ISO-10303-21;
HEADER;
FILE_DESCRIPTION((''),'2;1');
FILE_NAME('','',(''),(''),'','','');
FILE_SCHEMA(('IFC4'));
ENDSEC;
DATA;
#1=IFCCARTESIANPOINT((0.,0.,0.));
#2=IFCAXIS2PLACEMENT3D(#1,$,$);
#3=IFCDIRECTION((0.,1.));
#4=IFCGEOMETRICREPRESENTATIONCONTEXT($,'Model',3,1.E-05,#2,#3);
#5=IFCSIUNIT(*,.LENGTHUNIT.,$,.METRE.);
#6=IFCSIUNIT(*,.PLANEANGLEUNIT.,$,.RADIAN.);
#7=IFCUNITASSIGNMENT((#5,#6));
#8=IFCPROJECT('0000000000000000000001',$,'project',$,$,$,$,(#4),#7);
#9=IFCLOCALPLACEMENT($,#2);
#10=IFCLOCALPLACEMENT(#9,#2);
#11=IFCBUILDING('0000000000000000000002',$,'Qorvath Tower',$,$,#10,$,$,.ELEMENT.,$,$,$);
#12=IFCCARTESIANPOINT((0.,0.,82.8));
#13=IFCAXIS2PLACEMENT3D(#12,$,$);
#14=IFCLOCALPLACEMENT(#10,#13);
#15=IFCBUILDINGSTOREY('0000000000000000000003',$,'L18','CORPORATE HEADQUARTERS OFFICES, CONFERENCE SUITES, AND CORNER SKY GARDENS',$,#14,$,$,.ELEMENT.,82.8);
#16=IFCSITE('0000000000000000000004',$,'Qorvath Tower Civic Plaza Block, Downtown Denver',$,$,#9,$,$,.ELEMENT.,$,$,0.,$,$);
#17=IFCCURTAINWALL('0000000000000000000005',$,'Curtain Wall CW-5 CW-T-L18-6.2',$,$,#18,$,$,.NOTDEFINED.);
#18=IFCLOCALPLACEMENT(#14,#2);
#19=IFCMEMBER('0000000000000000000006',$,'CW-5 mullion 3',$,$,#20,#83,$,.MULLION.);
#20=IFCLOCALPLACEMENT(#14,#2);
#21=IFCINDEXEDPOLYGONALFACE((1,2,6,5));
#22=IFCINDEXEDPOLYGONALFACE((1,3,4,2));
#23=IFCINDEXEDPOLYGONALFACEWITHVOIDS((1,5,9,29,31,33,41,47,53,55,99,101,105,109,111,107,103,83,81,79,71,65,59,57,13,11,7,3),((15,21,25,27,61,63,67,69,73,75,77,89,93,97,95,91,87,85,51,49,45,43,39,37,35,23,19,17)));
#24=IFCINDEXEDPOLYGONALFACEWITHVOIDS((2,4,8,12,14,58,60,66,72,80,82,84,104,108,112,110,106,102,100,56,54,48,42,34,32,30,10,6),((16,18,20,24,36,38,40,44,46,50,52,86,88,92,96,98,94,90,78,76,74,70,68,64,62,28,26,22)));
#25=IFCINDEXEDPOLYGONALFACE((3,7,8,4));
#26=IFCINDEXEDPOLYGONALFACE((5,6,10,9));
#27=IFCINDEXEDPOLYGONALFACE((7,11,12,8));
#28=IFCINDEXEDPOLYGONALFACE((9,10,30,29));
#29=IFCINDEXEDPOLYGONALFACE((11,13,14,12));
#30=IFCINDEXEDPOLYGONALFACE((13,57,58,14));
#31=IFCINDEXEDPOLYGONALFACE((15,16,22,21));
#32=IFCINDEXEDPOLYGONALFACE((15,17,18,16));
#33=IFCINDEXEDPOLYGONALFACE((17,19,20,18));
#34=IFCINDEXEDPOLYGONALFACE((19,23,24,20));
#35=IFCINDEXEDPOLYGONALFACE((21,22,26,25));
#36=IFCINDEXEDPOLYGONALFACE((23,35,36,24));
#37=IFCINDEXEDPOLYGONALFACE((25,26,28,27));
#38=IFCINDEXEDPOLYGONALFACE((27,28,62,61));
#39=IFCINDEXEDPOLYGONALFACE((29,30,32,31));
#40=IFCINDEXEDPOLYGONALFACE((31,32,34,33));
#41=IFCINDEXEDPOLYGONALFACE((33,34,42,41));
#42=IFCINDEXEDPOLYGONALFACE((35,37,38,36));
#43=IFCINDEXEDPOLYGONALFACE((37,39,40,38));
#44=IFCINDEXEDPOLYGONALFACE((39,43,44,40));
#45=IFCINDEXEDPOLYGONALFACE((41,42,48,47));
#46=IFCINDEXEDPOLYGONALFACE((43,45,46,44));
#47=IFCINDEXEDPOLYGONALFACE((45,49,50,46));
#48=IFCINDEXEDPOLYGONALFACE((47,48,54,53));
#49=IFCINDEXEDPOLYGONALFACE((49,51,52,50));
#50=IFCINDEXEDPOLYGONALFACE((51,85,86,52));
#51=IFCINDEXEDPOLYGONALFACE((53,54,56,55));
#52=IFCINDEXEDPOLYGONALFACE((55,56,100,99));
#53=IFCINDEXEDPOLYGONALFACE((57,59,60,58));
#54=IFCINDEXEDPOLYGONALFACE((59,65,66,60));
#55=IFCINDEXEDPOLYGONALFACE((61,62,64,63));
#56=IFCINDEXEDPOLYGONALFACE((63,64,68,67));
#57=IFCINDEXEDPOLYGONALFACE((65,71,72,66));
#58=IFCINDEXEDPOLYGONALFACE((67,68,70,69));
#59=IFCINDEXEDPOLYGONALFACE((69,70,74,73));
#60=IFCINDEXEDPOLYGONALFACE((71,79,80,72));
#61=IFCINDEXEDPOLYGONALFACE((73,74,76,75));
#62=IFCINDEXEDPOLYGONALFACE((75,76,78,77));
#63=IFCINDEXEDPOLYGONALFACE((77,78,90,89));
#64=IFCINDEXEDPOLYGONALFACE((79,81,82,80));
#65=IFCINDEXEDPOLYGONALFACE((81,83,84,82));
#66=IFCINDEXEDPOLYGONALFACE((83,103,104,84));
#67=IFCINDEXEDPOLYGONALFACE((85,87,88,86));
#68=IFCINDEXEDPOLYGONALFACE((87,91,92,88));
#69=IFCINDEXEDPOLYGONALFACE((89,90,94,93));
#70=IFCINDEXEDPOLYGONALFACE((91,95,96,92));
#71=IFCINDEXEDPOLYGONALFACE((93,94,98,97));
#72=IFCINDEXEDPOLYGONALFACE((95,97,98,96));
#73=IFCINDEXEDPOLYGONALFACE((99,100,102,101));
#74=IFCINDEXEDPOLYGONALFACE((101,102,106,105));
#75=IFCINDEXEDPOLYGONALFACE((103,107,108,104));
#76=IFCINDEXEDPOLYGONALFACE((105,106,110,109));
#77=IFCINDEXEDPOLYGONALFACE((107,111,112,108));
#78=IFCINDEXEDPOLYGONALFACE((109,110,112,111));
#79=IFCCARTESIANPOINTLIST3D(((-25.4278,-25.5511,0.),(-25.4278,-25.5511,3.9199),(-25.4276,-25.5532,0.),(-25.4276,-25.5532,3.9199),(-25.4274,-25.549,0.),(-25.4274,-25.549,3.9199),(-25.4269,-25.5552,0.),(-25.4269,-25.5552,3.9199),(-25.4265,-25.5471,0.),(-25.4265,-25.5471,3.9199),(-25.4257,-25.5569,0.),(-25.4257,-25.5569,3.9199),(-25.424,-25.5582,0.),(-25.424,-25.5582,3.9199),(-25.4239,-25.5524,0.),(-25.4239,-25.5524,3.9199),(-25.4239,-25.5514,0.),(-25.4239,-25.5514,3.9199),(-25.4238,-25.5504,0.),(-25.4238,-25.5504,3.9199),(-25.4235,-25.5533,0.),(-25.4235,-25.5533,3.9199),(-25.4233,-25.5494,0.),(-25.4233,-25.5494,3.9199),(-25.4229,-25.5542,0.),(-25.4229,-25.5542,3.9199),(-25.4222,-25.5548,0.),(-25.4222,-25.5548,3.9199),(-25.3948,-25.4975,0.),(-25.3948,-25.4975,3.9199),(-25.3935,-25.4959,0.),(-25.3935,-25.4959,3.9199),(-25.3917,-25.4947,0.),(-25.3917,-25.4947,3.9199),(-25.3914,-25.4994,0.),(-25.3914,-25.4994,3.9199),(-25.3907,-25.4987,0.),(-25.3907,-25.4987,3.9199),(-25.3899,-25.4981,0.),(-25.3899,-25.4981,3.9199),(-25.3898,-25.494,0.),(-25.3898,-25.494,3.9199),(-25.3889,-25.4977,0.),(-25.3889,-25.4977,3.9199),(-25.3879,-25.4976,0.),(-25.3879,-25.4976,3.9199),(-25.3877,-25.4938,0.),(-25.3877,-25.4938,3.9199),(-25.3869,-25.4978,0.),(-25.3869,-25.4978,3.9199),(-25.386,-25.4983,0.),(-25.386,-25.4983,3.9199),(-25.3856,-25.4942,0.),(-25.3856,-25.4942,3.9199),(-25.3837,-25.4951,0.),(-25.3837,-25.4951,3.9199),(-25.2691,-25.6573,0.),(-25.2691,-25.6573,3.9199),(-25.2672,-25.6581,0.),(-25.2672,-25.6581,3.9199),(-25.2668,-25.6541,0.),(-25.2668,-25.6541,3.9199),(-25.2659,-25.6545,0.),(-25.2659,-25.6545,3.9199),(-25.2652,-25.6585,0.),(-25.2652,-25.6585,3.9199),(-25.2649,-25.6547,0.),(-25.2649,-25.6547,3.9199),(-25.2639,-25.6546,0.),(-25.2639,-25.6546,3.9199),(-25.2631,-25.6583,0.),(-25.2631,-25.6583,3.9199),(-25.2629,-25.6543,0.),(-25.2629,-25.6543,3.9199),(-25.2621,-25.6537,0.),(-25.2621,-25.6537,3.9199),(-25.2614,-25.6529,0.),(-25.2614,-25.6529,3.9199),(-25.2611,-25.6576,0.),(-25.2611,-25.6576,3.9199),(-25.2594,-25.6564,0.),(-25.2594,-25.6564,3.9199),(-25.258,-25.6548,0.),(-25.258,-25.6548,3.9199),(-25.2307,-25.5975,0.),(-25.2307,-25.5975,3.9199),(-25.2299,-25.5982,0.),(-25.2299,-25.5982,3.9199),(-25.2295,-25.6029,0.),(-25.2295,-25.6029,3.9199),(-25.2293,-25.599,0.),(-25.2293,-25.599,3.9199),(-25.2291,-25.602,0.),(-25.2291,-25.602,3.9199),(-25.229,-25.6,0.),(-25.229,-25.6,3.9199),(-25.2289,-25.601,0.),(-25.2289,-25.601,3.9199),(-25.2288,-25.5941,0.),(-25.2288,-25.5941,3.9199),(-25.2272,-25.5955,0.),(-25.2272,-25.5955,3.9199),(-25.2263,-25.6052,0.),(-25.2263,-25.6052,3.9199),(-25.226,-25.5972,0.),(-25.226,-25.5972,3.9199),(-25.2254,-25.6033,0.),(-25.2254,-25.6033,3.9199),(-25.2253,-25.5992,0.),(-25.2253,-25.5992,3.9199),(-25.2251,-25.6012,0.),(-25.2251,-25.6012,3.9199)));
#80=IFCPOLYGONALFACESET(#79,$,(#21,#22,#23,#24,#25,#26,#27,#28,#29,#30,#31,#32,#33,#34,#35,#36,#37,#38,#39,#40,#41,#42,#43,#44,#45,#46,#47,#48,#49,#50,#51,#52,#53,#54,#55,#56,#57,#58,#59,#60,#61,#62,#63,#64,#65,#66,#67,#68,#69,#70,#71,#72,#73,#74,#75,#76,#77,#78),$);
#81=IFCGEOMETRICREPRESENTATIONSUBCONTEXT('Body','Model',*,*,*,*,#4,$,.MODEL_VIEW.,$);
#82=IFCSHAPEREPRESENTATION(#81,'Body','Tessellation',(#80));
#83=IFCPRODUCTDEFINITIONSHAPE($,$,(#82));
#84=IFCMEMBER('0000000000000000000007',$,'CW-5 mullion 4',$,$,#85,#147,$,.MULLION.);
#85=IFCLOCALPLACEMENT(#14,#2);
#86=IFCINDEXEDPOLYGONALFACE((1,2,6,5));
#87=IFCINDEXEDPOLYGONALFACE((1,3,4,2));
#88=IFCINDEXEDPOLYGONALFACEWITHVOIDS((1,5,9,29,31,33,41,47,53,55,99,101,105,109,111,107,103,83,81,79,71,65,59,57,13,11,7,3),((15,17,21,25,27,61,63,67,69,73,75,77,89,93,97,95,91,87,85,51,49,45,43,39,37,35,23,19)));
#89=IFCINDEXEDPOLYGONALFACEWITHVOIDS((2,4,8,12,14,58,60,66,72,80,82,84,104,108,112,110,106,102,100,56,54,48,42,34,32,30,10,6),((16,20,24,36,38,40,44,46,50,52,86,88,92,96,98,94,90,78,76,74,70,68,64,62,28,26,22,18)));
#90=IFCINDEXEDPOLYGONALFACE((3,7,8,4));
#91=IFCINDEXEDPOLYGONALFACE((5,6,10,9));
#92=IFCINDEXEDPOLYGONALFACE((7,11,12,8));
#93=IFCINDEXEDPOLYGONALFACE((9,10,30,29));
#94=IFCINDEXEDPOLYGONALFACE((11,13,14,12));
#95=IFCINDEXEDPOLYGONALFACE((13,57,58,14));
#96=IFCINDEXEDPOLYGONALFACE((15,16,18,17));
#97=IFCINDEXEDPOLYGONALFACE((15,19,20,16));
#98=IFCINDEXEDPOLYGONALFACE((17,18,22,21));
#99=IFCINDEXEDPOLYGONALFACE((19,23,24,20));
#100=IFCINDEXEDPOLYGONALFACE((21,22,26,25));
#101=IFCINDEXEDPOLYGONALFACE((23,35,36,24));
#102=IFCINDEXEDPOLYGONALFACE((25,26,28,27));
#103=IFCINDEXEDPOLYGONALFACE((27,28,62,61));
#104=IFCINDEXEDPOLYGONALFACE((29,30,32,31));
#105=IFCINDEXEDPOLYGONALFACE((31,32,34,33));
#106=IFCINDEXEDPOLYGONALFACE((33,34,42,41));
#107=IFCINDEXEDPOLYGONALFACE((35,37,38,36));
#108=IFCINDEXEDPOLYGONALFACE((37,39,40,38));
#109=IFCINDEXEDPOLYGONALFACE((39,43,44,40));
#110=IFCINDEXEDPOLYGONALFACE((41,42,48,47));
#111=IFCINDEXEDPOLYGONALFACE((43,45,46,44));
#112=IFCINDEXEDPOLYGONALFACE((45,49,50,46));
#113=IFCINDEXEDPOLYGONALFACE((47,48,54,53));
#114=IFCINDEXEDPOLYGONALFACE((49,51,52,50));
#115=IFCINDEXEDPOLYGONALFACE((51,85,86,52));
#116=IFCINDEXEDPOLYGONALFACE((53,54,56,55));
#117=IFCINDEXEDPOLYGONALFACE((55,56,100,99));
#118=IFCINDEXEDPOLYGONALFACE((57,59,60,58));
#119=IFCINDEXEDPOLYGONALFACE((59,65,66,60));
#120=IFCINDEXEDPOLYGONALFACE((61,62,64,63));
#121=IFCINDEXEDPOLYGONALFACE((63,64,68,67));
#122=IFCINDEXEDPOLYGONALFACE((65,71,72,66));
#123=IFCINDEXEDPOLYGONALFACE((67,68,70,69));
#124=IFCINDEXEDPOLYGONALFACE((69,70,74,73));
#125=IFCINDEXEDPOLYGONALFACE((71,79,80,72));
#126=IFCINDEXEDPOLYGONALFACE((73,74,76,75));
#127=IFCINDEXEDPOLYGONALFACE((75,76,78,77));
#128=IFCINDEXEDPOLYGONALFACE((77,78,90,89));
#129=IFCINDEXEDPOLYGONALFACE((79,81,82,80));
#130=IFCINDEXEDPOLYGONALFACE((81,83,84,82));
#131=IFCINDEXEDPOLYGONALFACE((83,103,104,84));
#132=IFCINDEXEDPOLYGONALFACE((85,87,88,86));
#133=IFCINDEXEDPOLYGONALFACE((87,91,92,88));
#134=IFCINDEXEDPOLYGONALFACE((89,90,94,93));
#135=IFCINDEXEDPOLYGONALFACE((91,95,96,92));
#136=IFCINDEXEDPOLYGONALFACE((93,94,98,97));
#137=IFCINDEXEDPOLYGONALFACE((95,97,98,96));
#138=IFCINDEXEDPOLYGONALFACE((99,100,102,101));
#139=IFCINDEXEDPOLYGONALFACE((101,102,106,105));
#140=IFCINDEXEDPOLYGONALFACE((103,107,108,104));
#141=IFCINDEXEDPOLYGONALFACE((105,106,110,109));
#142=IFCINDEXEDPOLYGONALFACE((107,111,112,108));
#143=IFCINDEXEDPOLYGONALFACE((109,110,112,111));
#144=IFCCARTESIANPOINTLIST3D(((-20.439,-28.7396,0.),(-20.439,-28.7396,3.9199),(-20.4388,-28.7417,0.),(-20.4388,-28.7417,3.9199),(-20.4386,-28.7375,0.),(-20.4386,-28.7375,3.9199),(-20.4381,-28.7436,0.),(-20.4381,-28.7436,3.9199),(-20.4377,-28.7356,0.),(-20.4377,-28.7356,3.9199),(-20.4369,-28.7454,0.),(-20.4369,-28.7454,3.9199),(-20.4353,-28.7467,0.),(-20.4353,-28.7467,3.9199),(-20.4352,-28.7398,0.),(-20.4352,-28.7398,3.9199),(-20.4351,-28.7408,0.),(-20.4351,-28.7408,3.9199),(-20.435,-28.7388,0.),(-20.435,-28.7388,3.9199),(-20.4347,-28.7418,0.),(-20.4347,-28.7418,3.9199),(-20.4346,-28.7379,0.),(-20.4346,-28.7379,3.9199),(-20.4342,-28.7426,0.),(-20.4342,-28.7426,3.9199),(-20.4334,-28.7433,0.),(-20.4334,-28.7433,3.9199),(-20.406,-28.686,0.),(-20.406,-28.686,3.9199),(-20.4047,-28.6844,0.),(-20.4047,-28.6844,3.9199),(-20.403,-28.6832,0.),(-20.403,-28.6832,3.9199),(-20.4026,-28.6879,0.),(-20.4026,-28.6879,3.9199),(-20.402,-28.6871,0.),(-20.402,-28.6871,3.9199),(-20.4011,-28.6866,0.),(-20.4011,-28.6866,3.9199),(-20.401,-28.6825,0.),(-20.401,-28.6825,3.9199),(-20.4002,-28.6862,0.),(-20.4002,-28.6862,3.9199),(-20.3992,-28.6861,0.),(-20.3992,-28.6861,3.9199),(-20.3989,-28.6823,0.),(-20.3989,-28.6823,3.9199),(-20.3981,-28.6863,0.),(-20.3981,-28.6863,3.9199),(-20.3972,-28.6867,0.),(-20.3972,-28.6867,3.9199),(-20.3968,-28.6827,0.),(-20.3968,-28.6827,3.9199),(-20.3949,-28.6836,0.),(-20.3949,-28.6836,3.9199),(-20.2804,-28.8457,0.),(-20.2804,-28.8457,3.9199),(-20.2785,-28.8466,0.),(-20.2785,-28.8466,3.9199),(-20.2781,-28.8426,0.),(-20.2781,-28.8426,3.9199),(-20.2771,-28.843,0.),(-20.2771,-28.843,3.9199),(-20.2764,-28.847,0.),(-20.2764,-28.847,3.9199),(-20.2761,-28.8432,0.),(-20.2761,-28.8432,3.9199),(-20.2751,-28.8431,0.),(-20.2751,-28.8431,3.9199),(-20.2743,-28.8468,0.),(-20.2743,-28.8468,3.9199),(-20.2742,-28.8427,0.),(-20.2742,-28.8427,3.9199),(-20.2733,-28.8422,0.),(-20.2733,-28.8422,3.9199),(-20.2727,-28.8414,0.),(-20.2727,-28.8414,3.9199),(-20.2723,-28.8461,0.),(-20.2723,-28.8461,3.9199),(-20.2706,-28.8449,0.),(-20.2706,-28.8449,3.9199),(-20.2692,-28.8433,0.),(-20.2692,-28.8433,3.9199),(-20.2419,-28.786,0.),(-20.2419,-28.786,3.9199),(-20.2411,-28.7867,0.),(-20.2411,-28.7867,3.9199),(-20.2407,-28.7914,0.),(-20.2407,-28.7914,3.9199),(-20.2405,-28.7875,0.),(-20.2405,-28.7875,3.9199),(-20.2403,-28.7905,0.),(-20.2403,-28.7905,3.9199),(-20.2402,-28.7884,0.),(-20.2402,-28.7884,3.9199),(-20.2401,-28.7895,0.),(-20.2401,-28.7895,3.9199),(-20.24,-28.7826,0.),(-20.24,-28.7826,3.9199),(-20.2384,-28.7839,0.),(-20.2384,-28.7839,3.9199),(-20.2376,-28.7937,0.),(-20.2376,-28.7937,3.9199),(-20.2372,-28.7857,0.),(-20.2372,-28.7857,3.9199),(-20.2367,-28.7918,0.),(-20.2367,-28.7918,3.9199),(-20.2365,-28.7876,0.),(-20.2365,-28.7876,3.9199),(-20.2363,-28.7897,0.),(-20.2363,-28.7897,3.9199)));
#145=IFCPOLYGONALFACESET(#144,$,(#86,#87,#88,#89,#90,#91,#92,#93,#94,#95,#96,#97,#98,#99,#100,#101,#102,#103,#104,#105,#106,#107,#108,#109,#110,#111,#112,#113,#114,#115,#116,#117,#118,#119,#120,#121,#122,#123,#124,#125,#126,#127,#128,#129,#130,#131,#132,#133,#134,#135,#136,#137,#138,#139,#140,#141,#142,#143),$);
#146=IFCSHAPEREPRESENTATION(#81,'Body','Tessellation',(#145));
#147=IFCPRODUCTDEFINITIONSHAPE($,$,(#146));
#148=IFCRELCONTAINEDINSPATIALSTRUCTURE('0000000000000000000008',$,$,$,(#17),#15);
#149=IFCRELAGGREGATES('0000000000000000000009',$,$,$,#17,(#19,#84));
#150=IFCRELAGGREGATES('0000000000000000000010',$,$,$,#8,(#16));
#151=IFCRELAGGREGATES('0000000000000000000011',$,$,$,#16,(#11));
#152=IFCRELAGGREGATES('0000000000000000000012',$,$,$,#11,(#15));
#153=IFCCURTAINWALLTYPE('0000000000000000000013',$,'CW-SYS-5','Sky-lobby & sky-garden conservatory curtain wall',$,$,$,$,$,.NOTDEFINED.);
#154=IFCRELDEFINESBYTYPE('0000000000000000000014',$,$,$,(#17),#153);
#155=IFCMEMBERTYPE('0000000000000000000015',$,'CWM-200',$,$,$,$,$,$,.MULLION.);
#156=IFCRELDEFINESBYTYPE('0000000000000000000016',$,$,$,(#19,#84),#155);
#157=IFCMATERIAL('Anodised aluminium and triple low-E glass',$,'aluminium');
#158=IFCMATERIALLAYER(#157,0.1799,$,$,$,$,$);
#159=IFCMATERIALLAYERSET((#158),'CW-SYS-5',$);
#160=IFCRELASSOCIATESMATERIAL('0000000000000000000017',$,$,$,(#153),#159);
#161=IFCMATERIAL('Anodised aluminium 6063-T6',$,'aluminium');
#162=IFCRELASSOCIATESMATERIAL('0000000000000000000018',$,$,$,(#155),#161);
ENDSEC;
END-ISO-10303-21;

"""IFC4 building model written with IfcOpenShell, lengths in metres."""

from ifc_helpers import new_model, si_unit, direction, frame, origin, origin_2d, place, context, subcontext, project, spatial, hollow_rectangle, extrude, material, layer, layer_set, material_profile, profile_set, type_object, element, aggregate, save


model = new_model("IFC4")

# Units and contexts
model_context = context("Model", 3, precision=1e-05, world=origin(), true_north=direction((0.0, 1.0)))
body_context = subcontext(model_context, "Body", "Model", "MODEL_VIEW")
ifc_project = project(units=[si_unit("LENGTHUNIT", "METRE"), si_unit("PLANEANGLEUNIT", "RADIAN")], contexts=[model_context])

# Site, building, storey
site_placement = place(None, origin())
site = spatial("IfcSite", under=ifc_project, at=site_placement, Name="Qorvath Tower Civic Plaza Block, Downtown Denver", CompositionType="ELEMENT", RefElevation=0.0)
building_placement = place(site_placement, origin())
building = spatial("IfcBuilding", under=site, at=building_placement, Name="Qorvath Tower", CompositionType="ELEMENT")
storey_placement = place(building_placement, frame((0.0, 0.0, 82.8)))
storey = spatial("IfcBuildingStorey", under=building, at=storey_placement, Name="L18", Description="CORPORATE HEADQUARTERS OFFICES, CONFERENCE SUITES, AND CORNER SKY GARDENS", CompositionType="ELEMENT", Elevation=82.8)

# Curtain wall, members
ifc_material_1 = material(Name="Anodised aluminium and triple low-E glass", Category="aluminium")
ifc_layer_1 = layer(ifc_material_1, 0.1799)
ifc_layer_set_1 = layer_set([ifc_layer_1], Name="CW-SYS-5")
curtain_wall_type = type_object("IfcCurtainWallType", Name="CW-SYS-5", Description="Sky-lobby & sky-garden conservatory curtain wall", PredefinedType="NOTDEFINED", material=ifc_layer_set_1)
curtain_wall_placement = place(storey_placement, origin())
curtain_wall = element("IfcCurtainWall", 1, at=curtain_wall_placement, inside=storey, type_object=curtain_wall_type, Name="Curtain Wall CW-5 CW-T-L18-6.2", PredefinedType="NOTDEFINED")
ifc_material_2 = material(Name="Anodised aluminium 6063-T6", Category="aluminium")
ifc_material_profile_1 = material_profile(ifc_material_2, hollow_rectangle(XDim=0.075, YDim=0.2, WallThickness=0.0039, InnerFilletRadius=0.0039, OuterFilletRadius=0.0081, at=origin_2d()), Name="CWM 200x75")
ifc_profile_set_1 = profile_set([ifc_material_profile_1], Name="Anodised aluminium 6063-T6")
member_type_1 = type_object("IfcMemberType", Name="CWM-200", PredefinedType="MULLION", material=ifc_profile_set_1)
member_1_placement = place(storey_placement, frame((-25.3264, -25.5762, 0.0), z_axis=(0.0, 0.0, 1.0), x_axis=(0.538533, 0.842604, 0.0)))
member_1 = element("IfcMember", 2, at=member_1_placement, type_object=member_type_1, Name="CW-5 mullion 3", PredefinedType="MULLION", context=body_context, shape_type="SweptSolid", body=[
    extrude(hollow_rectangle(XDim=0.075, YDim=0.2, WallThickness=0.0039, InnerFilletRadius=0.0039, OuterFilletRadius=0.0081, at=origin_2d()), origin(), (0.0, 0.0, 1.0), 3.9199),
])
member_2_placement = place(storey_placement, frame((-20.3376, -28.7646, 0.0), z_axis=(0.0, 0.0, 1.0), x_axis=(0.538533, 0.842604, 0.0)))
member_2 = element("IfcMember", 3, at=member_2_placement, type_object=member_type_1, Name="CW-5 mullion 4", PredefinedType="MULLION", context=body_context, shape_type="SweptSolid", body=[
    extrude(hollow_rectangle(XDim=0.075, YDim=0.2, WallThickness=0.0039, InnerFilletRadius=0.0039, OuterFilletRadius=0.0081, at=origin_2d()), origin(), (0.0, 0.0, 1.0), 3.9199),
])
aggregate(curtain_wall, [member_1, member_2])

save(model, "model.ifc")
